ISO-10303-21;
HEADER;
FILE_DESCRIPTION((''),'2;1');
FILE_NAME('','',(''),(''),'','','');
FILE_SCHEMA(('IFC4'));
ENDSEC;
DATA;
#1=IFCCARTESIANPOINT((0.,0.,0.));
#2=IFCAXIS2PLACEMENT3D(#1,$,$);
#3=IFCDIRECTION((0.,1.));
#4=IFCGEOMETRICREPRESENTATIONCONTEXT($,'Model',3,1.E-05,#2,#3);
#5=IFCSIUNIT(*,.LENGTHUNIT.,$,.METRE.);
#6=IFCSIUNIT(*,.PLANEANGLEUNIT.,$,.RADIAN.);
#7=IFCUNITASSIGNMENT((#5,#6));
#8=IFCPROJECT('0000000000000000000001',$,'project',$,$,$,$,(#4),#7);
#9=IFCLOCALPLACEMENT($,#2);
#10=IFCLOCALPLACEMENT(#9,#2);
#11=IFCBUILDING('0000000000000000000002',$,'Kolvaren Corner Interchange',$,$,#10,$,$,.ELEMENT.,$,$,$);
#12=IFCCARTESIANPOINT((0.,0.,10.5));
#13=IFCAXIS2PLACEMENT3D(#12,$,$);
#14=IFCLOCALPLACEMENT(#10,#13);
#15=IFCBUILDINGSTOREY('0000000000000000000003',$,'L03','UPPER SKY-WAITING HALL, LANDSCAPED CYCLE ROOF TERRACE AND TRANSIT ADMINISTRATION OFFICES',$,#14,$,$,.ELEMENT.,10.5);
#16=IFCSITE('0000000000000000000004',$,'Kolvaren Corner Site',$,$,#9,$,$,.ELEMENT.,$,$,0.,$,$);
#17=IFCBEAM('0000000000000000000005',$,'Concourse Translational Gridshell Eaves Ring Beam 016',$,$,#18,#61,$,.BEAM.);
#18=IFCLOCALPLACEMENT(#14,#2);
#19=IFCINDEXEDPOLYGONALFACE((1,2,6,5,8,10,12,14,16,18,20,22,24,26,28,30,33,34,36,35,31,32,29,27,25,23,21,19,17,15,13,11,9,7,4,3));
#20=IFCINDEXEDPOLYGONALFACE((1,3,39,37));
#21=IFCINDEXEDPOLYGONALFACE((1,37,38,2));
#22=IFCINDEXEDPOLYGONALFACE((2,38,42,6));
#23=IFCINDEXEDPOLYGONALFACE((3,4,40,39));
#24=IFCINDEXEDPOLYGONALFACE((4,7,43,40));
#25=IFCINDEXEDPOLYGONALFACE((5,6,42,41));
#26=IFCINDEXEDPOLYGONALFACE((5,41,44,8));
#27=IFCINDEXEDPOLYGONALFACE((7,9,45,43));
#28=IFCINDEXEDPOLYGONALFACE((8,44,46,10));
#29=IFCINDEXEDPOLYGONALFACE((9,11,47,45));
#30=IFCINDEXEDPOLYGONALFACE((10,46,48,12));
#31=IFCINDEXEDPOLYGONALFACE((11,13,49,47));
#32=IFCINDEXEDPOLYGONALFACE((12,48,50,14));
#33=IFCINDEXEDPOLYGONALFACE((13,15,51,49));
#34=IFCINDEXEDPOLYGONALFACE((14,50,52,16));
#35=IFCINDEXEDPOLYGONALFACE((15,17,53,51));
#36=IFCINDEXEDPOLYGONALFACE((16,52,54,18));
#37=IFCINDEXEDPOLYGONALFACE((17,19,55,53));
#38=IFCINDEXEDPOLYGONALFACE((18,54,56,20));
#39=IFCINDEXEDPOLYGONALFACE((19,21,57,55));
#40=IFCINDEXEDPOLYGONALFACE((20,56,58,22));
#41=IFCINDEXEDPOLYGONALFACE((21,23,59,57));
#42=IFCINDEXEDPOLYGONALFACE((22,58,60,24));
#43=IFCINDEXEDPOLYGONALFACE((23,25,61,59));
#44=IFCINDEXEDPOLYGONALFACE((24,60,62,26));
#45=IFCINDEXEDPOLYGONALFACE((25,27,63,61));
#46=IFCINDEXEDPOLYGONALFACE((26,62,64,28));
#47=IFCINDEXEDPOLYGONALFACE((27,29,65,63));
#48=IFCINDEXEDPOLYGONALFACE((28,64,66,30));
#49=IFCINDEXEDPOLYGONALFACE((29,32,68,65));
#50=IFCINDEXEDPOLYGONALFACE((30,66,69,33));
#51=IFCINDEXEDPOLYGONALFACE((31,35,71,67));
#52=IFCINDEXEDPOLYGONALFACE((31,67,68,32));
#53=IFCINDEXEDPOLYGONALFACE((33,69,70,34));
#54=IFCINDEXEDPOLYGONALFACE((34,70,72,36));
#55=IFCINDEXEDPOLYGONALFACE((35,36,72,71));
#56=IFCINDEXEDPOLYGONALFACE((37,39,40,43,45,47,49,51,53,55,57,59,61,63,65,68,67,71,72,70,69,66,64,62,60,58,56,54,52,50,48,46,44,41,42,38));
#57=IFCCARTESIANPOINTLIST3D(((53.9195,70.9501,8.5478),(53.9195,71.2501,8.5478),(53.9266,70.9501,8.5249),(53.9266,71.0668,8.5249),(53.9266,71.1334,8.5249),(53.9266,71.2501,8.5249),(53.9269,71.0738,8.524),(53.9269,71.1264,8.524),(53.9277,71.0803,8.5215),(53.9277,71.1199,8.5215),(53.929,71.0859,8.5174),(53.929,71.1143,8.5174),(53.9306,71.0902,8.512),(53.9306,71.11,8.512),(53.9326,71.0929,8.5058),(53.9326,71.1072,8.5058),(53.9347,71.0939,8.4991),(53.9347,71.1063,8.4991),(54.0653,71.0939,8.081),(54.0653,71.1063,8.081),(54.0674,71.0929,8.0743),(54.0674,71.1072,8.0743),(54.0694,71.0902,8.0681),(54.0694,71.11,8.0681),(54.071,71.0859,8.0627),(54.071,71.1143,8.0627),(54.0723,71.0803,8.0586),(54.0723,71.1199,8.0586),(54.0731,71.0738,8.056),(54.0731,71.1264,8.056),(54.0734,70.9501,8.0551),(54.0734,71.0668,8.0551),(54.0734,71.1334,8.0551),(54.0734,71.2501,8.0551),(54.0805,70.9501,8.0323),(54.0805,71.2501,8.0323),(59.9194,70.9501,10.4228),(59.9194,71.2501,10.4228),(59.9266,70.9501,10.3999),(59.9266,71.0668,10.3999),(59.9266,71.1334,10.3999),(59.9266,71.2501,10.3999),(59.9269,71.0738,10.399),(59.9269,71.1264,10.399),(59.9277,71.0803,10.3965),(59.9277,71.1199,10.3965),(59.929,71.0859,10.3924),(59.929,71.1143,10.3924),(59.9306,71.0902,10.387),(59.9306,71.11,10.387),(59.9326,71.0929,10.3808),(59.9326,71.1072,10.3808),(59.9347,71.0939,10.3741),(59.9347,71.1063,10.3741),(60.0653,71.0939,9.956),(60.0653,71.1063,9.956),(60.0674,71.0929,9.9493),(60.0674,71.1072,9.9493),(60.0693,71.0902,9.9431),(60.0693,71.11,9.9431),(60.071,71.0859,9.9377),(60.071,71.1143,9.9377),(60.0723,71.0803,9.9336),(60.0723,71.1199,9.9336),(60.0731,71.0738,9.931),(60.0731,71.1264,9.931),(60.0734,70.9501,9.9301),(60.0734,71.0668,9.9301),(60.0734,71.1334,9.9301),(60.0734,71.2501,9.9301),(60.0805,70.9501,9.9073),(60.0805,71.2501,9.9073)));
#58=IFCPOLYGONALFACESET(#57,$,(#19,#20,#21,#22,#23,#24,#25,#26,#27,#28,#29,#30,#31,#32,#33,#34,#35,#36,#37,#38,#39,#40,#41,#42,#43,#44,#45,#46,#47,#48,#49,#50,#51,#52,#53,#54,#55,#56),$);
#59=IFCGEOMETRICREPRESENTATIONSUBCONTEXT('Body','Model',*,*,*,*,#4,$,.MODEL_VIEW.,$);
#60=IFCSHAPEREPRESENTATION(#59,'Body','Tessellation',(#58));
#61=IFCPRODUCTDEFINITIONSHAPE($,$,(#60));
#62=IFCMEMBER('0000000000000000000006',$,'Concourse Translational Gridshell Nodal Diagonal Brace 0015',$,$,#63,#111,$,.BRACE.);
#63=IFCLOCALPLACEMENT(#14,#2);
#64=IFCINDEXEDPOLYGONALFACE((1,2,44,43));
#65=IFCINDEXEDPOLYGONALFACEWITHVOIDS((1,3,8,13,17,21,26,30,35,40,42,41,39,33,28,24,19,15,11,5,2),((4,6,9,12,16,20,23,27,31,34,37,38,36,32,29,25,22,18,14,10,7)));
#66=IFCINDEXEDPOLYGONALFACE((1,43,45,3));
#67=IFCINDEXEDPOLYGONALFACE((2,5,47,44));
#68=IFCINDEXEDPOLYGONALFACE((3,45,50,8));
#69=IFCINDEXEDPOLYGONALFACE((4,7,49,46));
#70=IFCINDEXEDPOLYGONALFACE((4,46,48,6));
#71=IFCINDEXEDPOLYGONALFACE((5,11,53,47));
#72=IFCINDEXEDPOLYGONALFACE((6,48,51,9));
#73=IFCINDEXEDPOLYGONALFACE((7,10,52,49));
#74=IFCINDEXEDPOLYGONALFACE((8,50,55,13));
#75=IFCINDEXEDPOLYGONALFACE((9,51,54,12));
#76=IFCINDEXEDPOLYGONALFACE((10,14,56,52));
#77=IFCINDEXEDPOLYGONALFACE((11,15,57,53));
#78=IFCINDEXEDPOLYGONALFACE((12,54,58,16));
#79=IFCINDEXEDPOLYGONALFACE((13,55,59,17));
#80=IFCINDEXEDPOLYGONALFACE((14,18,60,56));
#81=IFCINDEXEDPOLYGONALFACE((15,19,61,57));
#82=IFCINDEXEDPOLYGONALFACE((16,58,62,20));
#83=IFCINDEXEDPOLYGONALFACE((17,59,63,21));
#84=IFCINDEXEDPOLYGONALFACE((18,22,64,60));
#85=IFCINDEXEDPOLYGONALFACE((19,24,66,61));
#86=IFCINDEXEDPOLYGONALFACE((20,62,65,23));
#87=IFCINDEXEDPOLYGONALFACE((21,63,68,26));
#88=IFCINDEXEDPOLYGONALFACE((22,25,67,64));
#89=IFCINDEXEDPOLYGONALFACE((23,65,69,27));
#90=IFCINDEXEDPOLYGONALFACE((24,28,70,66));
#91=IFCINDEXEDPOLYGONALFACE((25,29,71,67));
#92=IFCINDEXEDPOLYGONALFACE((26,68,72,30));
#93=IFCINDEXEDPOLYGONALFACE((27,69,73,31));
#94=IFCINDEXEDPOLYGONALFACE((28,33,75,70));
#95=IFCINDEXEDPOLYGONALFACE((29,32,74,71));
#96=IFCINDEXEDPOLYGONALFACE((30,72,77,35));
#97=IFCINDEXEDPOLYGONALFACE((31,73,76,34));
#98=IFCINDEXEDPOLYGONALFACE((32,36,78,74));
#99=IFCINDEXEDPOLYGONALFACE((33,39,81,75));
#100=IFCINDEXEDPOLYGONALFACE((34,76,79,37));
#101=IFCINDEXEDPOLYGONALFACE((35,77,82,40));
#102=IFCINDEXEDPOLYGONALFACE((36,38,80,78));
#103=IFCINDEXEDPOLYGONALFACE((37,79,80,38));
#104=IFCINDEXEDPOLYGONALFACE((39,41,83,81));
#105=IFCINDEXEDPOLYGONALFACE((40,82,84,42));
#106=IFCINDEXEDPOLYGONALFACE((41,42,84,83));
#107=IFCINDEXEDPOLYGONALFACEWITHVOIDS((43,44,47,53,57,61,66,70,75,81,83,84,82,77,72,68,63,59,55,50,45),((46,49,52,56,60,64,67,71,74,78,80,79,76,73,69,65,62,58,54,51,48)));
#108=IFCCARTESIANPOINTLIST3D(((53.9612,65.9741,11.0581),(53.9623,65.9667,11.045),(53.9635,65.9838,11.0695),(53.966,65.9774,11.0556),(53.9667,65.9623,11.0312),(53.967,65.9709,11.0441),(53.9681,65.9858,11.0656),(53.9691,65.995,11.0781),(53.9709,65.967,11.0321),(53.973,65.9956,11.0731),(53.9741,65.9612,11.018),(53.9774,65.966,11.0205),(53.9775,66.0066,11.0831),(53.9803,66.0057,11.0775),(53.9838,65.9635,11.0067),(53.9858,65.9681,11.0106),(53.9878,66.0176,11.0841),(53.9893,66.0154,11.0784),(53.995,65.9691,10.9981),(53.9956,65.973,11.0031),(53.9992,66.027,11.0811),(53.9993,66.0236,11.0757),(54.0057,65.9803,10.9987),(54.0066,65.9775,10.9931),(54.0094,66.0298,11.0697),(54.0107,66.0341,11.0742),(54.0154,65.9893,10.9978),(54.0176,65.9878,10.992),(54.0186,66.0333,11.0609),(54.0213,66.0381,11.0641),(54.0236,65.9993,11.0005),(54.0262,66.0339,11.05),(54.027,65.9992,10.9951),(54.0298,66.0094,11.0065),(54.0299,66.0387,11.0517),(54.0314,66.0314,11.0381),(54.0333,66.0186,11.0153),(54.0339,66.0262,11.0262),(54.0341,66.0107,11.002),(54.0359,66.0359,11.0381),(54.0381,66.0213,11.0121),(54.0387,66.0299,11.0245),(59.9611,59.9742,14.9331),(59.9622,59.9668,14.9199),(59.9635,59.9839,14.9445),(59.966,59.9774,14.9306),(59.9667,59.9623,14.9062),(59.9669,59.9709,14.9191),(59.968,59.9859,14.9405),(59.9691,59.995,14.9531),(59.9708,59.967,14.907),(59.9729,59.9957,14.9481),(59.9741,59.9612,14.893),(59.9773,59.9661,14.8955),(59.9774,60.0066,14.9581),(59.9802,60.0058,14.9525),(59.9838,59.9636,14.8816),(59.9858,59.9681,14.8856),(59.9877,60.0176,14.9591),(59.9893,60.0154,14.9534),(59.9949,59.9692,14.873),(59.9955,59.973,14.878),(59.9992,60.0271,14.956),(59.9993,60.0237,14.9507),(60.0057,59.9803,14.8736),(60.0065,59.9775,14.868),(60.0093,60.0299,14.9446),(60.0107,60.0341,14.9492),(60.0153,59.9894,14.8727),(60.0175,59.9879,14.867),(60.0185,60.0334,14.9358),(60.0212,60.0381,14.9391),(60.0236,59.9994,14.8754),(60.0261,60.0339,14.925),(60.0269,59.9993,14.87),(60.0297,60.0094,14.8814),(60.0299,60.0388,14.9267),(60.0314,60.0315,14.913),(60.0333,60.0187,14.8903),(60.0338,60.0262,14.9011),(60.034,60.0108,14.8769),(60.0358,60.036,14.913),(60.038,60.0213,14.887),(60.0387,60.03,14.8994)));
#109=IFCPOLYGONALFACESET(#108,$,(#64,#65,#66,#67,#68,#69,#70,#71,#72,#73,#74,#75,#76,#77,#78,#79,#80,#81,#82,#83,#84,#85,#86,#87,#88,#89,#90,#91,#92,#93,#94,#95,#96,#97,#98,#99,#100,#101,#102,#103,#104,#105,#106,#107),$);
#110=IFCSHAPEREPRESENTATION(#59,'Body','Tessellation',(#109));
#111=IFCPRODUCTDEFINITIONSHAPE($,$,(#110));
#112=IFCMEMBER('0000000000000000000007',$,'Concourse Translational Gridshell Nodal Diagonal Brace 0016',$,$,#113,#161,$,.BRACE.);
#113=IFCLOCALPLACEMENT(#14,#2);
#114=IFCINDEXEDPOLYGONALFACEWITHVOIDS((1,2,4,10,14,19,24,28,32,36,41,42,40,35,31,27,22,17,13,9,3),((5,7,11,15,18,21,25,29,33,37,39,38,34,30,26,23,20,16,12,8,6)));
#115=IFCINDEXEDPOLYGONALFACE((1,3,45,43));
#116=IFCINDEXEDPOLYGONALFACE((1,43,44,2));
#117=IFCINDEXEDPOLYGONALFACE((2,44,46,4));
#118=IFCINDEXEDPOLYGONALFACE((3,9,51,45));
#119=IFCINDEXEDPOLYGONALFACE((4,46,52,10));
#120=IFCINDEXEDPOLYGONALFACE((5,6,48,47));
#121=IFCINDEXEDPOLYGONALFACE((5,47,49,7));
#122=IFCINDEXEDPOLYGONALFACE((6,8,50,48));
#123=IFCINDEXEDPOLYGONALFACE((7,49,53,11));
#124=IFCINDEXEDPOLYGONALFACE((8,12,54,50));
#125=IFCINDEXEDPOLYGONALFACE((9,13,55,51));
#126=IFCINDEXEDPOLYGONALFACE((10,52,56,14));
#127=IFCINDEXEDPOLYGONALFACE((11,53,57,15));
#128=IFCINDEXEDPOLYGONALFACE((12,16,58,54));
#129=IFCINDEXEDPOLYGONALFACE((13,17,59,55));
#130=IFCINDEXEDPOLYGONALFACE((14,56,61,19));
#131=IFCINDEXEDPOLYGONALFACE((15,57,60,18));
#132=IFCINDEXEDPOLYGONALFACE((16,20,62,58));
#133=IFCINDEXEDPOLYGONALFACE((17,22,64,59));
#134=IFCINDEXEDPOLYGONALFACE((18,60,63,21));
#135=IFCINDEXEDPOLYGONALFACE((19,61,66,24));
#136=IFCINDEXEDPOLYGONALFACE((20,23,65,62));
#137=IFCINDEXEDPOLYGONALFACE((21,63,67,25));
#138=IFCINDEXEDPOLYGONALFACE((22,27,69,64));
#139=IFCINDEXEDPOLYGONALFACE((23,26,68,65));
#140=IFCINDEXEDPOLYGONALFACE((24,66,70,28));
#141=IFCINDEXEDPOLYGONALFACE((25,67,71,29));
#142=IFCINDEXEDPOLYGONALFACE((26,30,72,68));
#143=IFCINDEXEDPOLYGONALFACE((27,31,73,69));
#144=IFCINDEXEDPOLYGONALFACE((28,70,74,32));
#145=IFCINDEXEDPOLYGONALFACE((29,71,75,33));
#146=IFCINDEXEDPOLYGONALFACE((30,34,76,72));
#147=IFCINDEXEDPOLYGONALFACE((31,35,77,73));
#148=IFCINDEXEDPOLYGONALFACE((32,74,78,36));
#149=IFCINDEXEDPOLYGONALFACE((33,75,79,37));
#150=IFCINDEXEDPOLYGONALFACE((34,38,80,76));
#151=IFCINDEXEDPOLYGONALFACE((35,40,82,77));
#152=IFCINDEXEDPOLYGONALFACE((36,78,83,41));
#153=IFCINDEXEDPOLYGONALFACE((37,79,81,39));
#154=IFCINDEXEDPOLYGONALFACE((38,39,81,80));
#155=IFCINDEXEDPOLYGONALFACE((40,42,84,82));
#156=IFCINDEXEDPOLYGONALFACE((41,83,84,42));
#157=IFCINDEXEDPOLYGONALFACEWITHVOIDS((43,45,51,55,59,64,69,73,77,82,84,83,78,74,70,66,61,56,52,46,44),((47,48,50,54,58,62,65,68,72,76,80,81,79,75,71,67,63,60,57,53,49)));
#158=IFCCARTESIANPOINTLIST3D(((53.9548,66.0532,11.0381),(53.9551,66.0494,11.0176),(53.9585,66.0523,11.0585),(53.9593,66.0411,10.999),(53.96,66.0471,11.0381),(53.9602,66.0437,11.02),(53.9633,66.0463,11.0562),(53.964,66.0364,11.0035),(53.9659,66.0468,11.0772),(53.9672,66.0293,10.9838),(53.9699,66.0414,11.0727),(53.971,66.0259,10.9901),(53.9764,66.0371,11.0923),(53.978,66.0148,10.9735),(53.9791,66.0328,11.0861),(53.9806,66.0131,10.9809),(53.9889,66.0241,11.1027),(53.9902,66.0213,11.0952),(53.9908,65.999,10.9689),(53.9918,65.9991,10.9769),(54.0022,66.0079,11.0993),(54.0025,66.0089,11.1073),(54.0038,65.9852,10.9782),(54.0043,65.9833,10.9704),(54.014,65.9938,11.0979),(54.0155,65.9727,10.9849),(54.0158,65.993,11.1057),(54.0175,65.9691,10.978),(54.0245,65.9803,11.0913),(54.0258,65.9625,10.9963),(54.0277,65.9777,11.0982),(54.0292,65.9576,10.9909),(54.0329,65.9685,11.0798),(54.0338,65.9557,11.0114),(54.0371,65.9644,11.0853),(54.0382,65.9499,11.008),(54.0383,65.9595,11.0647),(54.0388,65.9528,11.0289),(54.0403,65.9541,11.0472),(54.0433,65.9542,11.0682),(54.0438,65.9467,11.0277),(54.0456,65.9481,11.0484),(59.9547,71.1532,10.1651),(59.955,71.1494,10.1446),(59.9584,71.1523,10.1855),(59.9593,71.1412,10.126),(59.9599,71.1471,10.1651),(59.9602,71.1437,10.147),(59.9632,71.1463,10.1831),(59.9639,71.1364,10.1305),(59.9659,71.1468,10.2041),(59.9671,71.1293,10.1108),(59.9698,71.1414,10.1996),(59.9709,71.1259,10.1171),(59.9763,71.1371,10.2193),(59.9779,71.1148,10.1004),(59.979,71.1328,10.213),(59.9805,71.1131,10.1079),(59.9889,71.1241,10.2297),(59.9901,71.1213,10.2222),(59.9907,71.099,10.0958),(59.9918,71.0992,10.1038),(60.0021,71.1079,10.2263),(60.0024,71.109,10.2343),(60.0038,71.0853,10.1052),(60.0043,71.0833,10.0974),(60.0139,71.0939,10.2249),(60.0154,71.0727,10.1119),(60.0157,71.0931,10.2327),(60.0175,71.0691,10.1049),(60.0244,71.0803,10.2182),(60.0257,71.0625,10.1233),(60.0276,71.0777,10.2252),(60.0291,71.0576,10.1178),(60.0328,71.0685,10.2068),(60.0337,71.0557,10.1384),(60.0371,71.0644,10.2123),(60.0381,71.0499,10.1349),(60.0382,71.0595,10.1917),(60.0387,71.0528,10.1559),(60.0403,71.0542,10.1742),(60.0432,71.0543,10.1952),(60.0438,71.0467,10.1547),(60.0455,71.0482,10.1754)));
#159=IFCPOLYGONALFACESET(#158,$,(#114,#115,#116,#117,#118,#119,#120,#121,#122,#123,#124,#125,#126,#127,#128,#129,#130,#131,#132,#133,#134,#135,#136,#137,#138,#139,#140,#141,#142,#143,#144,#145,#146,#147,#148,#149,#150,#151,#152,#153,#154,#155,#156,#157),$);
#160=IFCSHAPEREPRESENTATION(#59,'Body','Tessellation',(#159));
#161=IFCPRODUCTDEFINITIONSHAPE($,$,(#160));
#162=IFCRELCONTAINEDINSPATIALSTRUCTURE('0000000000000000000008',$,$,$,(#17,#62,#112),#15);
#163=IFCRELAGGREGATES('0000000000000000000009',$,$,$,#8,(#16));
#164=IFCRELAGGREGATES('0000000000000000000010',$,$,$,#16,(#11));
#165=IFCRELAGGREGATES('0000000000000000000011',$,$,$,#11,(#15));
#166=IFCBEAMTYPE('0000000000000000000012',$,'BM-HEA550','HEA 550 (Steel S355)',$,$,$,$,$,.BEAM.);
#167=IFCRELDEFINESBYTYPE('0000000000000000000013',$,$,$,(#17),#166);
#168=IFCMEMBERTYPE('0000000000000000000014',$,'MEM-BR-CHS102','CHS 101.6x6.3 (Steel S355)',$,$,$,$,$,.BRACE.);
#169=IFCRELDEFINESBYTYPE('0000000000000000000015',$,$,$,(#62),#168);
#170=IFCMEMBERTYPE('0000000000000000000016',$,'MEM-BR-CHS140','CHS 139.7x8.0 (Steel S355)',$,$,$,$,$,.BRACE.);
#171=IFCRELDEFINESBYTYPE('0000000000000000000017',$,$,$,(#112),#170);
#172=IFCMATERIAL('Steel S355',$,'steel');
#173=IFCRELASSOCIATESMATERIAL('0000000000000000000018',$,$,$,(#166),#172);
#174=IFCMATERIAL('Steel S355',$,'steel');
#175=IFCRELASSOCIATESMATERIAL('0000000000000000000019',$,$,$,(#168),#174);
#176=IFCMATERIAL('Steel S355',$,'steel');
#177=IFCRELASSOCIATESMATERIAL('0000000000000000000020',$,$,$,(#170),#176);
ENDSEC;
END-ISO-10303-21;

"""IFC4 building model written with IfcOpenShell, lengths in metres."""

from ifc_helpers import new_model, si_unit, direction, frame, origin, origin_2d, place, context, subcontext, project, spatial, hollow_circle, i_section, extrude, material, material_profile, profile_set, type_object, element, save


model = new_model("IFC4")

# Units and contexts
model_context = context("Model", 3, precision=1e-05, world=origin(), true_north=direction((0.0, 1.0)))
body_context = subcontext(model_context, "Body", "Model", "MODEL_VIEW")
ifc_project = project(units=[si_unit("LENGTHUNIT", "METRE"), si_unit("PLANEANGLEUNIT", "RADIAN")], contexts=[model_context])

# Site, building, storey
site_placement = place(None, origin())
site = spatial("IfcSite", under=ifc_project, at=site_placement, Name="Kolvaren Corner Site", CompositionType="ELEMENT", RefElevation=0.0)
building_placement = place(site_placement, origin())
building = spatial("IfcBuilding", under=site, at=building_placement, Name="Kolvaren Corner Interchange", CompositionType="ELEMENT")
storey_placement = place(building_placement, frame((0.0, 0.0, 10.5)))
storey = spatial("IfcBuildingStorey", under=building, at=storey_placement, Name="L03", Description="UPPER SKY-WAITING HALL, LANDSCAPED CYCLE ROOF TERRACE AND TRANSIT ADMINISTRATION OFFICES", CompositionType="ELEMENT", Elevation=10.5)

# Beam
ifc_material_1 = material(Name="Steel S355", Category="steel")
ifc_material_profile_1 = material_profile(ifc_material_1, i_section(OverallWidth=0.3, OverallDepth=0.54, WebThickness=0.0125, FlangeThickness=0.0239, FilletRadius=0.0271, at=origin_2d()), Name="HEA 550")
ifc_profile_set_1 = profile_set([ifc_material_profile_1], Name="Steel S355")
beam_type_1 = type_object("IfcBeamType", Name="BM-HEA550", Description="HEA 550 (Steel S355)", PredefinedType="BEAM", material=ifc_profile_set_1)
beam_1_placement = place(storey_placement, frame((54.0, 71.1001, 8.29), z_axis=(0.95448, 0.0, 0.298275), x_axis=(0.0, 1.0, 0.0)))
element("IfcBeam", 1, at=beam_1_placement, inside=storey, type_object=beam_type_1, Name="Concourse Translational Gridshell Eaves Ring Beam 016", PredefinedType="BEAM", context=body_context, shape_type="SweptSolid", body=[
    extrude(i_section(OverallWidth=0.3, OverallDepth=0.54, WebThickness=0.0125, FlangeThickness=0.0239, FilletRadius=0.0271, at=origin_2d()), origin(), (0.0, 0.0, 1.0), 6.2861),
])

# Members
ifc_material_2 = material(Name="Steel S355", Category="steel")
ifc_material_profile_2 = material_profile(ifc_material_2, hollow_circle(Radius=0.0508, WallThickness=0.0063, at=origin_2d()), Name="CHS 101.6x6.3")
ifc_profile_set_2 = profile_set([ifc_material_profile_2], Name="Steel S355")
member_type_1 = type_object("IfcMemberType", Name="MEM-BR-CHS102", Description="CHS 101.6x6.3 (Steel S355)", PredefinedType="BRACE", material=ifc_profile_set_2)
member_1_placement = place(storey_placement, frame((54.0, 66.0, 11.0381), z_axis=(0.64321, -0.64321, 0.415406), x_axis=(0.707107, 0.707107, 0.0)))
element("IfcMember", 2, at=member_1_placement, inside=storey, type_object=member_type_1, Name="Concourse Translational Gridshell Nodal Diagonal Brace 0015", PredefinedType="BRACE", context=body_context, shape_type="SweptSolid", body=[
    extrude(hollow_circle(Radius=0.0508, WallThickness=0.0063, at=origin_2d()), origin(), (0.0, 0.0, 1.0), 9.3281),
])
ifc_material_3 = material(Name="Steel S355", Category="steel")
ifc_material_profile_3 = material_profile(ifc_material_3, hollow_circle(Radius=0.0698, WallThickness=0.0081, at=origin_2d()), Name="CHS 139.7x8.0")
ifc_profile_set_3 = profile_set([ifc_material_profile_3], Name="Steel S355")
member_type_2 = type_object("IfcMemberType", Name="MEM-BR-CHS140", Description="CHS 139.7x8.0 (Steel S355)", PredefinedType="BRACE", material=ifc_profile_set_3)
member_2_placement = place(storey_placement, frame((54.0, 66.0, 11.0381), z_axis=(0.757293, 0.643712, -0.110192), x_axis=(-0.647656, 0.761933, 0.0)))
element("IfcMember", 3, at=member_2_placement, inside=storey, type_object=member_type_2, Name="Concourse Translational Gridshell Nodal Diagonal Brace 0016", PredefinedType="BRACE", context=body_context, shape_type="SweptSolid", body=[
    extrude(hollow_circle(Radius=0.0698, WallThickness=0.0081, at=origin_2d()), origin(), (0.0, 0.0, 1.0), 7.9229),
])

save(model, "model.ifc")
